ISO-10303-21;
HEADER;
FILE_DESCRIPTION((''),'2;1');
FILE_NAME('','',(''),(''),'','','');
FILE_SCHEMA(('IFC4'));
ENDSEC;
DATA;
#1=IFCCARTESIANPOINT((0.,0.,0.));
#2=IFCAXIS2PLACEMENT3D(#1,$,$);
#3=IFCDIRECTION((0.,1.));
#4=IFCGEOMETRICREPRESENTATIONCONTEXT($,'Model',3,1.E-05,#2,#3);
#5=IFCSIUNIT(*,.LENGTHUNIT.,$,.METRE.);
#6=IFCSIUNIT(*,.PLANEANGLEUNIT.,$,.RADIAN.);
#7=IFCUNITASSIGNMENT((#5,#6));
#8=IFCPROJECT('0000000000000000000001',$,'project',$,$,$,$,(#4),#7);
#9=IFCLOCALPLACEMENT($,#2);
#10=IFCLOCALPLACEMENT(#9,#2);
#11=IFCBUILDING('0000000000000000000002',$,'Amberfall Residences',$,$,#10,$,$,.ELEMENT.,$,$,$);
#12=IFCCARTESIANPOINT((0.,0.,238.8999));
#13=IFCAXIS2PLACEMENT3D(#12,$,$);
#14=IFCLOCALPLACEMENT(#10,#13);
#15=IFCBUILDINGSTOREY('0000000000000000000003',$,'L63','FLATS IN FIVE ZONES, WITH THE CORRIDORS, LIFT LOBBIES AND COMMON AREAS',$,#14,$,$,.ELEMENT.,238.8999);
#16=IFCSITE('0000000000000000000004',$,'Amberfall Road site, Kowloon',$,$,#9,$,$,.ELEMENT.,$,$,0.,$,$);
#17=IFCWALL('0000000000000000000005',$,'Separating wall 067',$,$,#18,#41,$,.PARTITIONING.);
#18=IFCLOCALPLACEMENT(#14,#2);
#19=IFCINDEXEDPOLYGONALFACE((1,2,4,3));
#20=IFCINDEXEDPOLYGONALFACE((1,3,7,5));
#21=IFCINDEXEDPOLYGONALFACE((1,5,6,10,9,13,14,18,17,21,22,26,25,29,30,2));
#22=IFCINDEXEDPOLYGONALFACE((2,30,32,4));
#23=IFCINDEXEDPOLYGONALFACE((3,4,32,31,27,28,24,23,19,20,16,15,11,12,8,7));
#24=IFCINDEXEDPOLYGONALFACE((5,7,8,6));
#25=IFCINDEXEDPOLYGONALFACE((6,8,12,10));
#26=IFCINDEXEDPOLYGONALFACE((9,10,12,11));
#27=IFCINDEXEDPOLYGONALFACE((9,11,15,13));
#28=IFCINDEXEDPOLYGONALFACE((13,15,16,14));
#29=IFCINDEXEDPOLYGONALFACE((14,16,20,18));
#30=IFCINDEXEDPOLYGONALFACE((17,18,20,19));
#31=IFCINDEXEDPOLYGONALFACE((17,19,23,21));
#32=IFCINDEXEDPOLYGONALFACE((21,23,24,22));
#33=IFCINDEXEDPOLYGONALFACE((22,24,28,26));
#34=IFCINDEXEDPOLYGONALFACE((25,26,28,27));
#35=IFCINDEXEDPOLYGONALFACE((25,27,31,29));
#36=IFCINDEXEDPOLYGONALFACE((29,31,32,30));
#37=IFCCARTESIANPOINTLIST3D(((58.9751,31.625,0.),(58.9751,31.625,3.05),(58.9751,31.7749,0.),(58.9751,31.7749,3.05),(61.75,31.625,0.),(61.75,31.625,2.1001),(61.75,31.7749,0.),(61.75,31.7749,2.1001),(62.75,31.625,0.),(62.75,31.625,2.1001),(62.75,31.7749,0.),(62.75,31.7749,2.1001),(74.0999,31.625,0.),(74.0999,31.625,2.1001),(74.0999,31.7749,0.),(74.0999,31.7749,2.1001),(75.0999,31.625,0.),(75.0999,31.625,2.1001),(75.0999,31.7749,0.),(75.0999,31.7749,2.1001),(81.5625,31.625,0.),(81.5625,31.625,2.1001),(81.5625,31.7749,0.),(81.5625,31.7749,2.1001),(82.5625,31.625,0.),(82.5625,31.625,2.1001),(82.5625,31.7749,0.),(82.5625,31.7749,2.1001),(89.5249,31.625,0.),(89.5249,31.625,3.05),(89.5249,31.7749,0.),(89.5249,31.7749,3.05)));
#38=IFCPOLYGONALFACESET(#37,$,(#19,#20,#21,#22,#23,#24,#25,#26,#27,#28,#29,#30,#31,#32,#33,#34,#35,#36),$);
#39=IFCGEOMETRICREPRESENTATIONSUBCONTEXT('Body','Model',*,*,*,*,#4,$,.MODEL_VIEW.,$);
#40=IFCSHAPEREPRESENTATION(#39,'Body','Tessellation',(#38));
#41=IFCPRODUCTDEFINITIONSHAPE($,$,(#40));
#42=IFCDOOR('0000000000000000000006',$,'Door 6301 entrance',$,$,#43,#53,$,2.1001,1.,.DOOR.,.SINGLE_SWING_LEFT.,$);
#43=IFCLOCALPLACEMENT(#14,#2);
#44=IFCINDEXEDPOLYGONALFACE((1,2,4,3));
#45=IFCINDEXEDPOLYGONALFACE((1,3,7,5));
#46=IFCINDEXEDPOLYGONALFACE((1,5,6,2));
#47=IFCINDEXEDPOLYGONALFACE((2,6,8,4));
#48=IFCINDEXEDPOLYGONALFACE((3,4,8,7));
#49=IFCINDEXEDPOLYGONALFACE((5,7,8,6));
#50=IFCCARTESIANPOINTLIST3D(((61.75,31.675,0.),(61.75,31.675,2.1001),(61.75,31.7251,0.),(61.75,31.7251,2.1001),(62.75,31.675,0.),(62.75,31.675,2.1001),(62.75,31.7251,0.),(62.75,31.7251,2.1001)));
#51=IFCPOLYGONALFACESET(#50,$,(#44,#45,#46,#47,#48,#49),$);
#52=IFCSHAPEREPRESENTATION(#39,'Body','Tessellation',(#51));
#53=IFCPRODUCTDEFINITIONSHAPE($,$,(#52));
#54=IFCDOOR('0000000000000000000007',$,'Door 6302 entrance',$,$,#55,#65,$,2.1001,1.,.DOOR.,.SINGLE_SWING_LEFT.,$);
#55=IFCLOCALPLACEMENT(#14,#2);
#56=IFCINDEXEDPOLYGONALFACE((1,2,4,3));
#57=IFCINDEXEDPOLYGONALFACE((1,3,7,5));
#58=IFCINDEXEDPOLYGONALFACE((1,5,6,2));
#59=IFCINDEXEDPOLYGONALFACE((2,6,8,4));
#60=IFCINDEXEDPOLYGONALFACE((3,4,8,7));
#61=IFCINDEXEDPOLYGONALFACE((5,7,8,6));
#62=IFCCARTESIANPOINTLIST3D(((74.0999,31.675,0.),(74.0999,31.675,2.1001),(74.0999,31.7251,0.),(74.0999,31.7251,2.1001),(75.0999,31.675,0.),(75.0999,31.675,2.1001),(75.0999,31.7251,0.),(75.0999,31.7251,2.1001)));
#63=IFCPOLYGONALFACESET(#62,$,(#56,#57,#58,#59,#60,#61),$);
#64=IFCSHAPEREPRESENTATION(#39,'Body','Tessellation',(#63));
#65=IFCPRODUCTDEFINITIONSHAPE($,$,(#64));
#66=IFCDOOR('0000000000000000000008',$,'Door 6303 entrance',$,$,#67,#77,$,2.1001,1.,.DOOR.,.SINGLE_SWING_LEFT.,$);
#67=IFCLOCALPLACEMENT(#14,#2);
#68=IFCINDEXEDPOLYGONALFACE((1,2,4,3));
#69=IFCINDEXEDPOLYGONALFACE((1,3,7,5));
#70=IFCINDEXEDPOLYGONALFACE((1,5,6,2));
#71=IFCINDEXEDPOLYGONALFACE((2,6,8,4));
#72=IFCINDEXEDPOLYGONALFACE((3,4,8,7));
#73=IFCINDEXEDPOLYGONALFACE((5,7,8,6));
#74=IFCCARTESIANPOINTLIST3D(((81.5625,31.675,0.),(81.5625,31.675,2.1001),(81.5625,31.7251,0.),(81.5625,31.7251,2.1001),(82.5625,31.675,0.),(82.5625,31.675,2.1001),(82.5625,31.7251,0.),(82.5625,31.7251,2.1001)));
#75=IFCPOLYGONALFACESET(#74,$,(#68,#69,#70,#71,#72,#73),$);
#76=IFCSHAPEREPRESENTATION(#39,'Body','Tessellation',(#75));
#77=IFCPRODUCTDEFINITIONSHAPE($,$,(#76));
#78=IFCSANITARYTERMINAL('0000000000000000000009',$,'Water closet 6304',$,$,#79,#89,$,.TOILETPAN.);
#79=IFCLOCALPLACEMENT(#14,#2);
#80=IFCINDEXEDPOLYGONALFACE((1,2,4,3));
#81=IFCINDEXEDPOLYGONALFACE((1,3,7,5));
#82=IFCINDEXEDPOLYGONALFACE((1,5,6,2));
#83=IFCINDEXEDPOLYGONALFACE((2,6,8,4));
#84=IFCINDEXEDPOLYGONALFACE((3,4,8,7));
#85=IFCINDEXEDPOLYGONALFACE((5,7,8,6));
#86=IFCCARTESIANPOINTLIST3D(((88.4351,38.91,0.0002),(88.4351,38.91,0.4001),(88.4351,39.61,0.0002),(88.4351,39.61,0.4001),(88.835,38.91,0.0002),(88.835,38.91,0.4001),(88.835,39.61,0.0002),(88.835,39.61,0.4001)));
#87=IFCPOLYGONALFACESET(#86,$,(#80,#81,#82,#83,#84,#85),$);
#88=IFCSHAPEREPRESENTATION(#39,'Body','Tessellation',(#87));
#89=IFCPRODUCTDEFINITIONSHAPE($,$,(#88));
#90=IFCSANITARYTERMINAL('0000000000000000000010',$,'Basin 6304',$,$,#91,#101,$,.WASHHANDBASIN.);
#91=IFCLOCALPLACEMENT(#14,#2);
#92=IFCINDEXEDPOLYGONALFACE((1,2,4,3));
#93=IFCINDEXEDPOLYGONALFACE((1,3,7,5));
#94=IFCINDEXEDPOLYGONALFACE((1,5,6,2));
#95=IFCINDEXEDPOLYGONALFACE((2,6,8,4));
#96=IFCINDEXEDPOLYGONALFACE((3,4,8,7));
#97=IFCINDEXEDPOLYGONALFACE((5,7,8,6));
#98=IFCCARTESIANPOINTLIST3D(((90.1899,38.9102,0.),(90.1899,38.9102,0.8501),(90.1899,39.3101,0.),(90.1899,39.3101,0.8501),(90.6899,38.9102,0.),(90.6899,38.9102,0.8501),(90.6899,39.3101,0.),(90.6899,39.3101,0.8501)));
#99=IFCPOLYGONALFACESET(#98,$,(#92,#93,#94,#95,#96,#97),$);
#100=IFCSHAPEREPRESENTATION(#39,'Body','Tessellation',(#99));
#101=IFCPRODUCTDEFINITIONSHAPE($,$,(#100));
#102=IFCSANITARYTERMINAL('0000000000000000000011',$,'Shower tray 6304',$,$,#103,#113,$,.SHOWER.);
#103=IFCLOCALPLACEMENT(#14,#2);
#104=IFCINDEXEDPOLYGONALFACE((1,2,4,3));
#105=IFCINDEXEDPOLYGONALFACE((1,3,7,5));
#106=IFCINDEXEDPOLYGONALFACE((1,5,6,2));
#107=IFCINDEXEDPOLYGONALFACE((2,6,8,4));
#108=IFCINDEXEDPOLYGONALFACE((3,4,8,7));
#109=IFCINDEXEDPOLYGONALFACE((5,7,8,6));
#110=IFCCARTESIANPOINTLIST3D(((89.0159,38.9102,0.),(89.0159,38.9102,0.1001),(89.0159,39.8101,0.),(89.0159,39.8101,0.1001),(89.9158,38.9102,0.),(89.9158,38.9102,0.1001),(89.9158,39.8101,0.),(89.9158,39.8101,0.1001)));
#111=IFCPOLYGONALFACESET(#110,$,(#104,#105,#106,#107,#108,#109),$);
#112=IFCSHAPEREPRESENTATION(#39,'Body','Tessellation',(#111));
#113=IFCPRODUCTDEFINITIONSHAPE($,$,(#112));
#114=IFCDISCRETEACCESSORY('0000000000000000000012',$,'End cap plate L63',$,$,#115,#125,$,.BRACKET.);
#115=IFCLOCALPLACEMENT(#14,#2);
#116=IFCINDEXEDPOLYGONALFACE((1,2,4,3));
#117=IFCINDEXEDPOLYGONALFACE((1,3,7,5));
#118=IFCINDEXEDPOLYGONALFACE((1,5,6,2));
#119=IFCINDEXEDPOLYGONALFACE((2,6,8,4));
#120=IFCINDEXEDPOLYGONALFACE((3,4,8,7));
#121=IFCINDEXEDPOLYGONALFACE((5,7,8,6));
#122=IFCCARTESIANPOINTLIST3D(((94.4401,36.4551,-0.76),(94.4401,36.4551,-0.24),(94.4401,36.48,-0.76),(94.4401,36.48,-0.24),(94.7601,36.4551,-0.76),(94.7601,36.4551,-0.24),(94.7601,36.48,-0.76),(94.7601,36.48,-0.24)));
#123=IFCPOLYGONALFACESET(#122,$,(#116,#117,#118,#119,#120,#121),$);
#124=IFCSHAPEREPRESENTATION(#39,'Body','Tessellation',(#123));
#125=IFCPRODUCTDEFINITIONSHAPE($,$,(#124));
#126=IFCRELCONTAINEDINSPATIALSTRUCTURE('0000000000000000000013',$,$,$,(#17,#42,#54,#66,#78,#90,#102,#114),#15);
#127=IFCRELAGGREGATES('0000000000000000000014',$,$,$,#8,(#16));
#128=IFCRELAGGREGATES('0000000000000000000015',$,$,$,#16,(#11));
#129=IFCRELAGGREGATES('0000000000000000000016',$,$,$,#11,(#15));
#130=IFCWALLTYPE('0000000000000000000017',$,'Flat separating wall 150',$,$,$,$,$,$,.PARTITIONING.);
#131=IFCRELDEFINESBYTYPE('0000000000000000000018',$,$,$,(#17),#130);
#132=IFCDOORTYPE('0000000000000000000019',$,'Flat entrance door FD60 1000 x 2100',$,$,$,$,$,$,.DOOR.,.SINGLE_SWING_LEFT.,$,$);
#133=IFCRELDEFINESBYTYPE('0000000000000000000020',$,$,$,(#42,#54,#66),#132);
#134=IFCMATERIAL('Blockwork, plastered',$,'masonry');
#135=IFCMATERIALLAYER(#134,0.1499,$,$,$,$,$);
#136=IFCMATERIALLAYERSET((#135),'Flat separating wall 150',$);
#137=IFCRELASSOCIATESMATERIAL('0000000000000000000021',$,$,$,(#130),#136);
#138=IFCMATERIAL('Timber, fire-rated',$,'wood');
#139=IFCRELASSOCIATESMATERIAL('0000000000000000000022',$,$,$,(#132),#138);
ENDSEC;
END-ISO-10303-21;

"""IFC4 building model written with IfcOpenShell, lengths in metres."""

from ifc_helpers import new_model, si_unit, direction, frame, frame_2d, origin, origin_2d, place, context, subcontext, project, spatial, rectangle, extrude, material, layer, layer_set, type_object, element, fill, save


model = new_model("IFC4")

# Units and contexts
model_context = context("Model", 3, precision=1e-05, world=origin(), true_north=direction((0.0, 1.0)))
body_context = subcontext(model_context, "Body", "Model", "MODEL_VIEW")
ifc_project = project(units=[si_unit("LENGTHUNIT", "METRE"), si_unit("PLANEANGLEUNIT", "RADIAN")], contexts=[model_context])

# Site, building, storey
site_placement = place(None, origin())
site = spatial("IfcSite", under=ifc_project, at=site_placement, Name="Amberfall Road site, Kowloon", CompositionType="ELEMENT", RefElevation=0.0)
building_placement = place(site_placement, origin())
building = spatial("IfcBuilding", under=site, at=building_placement, Name="Amberfall Residences", CompositionType="ELEMENT")
storey_placement = place(building_placement, frame((0.0, 0.0, 238.8999)))
storey = spatial("IfcBuildingStorey", under=building, at=storey_placement, Name="L63", Description="FLATS IN FIVE ZONES, WITH THE CORRIDORS, LIFT LOBBIES AND COMMON AREAS", CompositionType="ELEMENT", Elevation=238.8999)

# Shared definitions
ifc_material_1 = material(Name="Blockwork, plastered", Category="masonry")
ifc_layer_1 = layer(ifc_material_1, 0.1499)
ifc_layer_set_1 = layer_set([ifc_layer_1], Name="Flat separating wall 150")
wall_type_1 = type_object("IfcWallType", Name="Flat separating wall 150", PredefinedType="PARTITIONING", material=ifc_layer_set_1)

# Wall, openings, doors
wall_1_placement = place(storey_placement, frame((89.5249, 31.7, 0.0), z_axis=(0.0, 0.0, 1.0), x_axis=(-1.0, 0.0, 0.0)))
wall_1 = element("IfcWall", 1, at=wall_1_placement, inside=storey, type_object=wall_type_1, Name="Separating wall 067", PredefinedType="PARTITIONING", context=body_context, shape_type="SweptSolid", body=[
    extrude(rectangle(XDim=30.5498, YDim=0.1499, at=frame_2d((15.2749, 0.0))), origin(), (0.0, 0.0, 1.0), 3.05),
])
opening_1_placement = place(wall_1_placement, frame((26.7749, 0.0, 0.0)))
opening_1 = element("IfcOpeningElement", 2, at=opening_1_placement, cuts=wall_1, PredefinedType="OPENING", context=body_context, shape_type="SweptSolid", body=[
    extrude(rectangle(XDim=1.0, YDim=2.1001, at=frame_2d((0.5, 1.05))), frame((0.0, 0.085, 0.0), z_axis=(0.0, -1.0, 0.0), x_axis=(1.0, 0.0, 0.0)), (0.0, 0.0, 1.0), 0.1699),
])
opening_2_placement = place(wall_1_placement, frame((14.425, 0.0, 0.0)))
opening_2 = element("IfcOpeningElement", 3, at=opening_2_placement, cuts=wall_1, PredefinedType="OPENING", context=body_context, shape_type="SweptSolid", body=[
    extrude(rectangle(XDim=1.0, YDim=2.1001, at=frame_2d((0.5, 1.05))), frame((0.0, 0.085, 0.0), z_axis=(0.0, -1.0, 0.0), x_axis=(1.0, 0.0, 0.0)), (0.0, 0.0, 1.0), 0.1699),
])
opening_3_placement = place(wall_1_placement, frame((6.9624, 0.0, 0.0)))
opening_3 = element("IfcOpeningElement", 4, at=opening_3_placement, cuts=wall_1, PredefinedType="OPENING", context=body_context, shape_type="SweptSolid", body=[
    extrude(rectangle(XDim=1.0, YDim=2.1001, at=frame_2d((0.5, 1.05))), frame((0.0, 0.085, 0.0), z_axis=(0.0, -1.0, 0.0), x_axis=(1.0, 0.0, 0.0)), (0.0, 0.0, 1.0), 0.1699),
])
ifc_material_2 = material(Name="Timber, fire-rated", Category="wood")
door_type_1 = type_object("IfcDoorType", Name="Flat entrance door FD60 1000 x 2100", OperationType="SINGLE_SWING_LEFT", PredefinedType="DOOR", material=ifc_material_2)
door_1_placement = place(opening_1_placement, origin())
door_1 = element("IfcDoor", 5, at=door_1_placement, inside=storey, type_object=door_type_1, Name="Door 6301 entrance", OperationType="SINGLE_SWING_LEFT", OverallHeight=2.1001, OverallWidth=1.0, PredefinedType="DOOR", context=body_context, shape_type="SweptSolid", body=[
    extrude(rectangle(XDim=1.0, YDim=2.1001, at=frame_2d((0.5, 1.05))), frame((0.0, 0.0249, 0.0), z_axis=(0.0, -1.0, 0.0), x_axis=(1.0, 0.0, 0.0)), (0.0, 0.0, 1.0), 0.05),
])
fill(opening_1, door_1)
door_2_placement = place(opening_2_placement, origin())
door_2 = element("IfcDoor", 6, at=door_2_placement, inside=storey, type_object=door_type_1, Name="Door 6302 entrance", OperationType="SINGLE_SWING_LEFT", OverallHeight=2.1001, OverallWidth=1.0, PredefinedType="DOOR", context=body_context, shape_type="SweptSolid", body=[
    extrude(rectangle(XDim=1.0, YDim=2.1001, at=frame_2d((0.5, 1.05))), frame((0.0, 0.0249, 0.0), z_axis=(0.0, -1.0, 0.0), x_axis=(1.0, 0.0, 0.0)), (0.0, 0.0, 1.0), 0.05),
])
fill(opening_2, door_2)
door_3_placement = place(opening_3_placement, origin())
door_3 = element("IfcDoor", 7, at=door_3_placement, inside=storey, type_object=door_type_1, Name="Door 6303 entrance", OperationType="SINGLE_SWING_LEFT", OverallHeight=2.1001, OverallWidth=1.0, PredefinedType="DOOR", context=body_context, shape_type="SweptSolid", body=[
    extrude(rectangle(XDim=1.0, YDim=2.1001, at=frame_2d((0.5, 1.05))), frame((0.0, 0.0249, 0.0), z_axis=(0.0, -1.0, 0.0), x_axis=(1.0, 0.0, 0.0)), (0.0, 0.0, 1.0), 0.05),
])
fill(opening_3, door_3)

# Sanitary terminals
sanitary_terminal_1_placement = place(storey_placement, frame((88.635, 39.26, 0.0002), z_axis=(0.0, 0.0, 1.0), x_axis=(1.0, 0.0, 0.0)))
element("IfcSanitaryTerminal", 8, at=sanitary_terminal_1_placement, inside=storey, Name="Water closet 6304", PredefinedType="TOILETPAN", context=body_context, shape_type="SweptSolid", body=[
    extrude(rectangle(XDim=0.3999, YDim=0.7, at=origin_2d()), origin(), (0.0, 0.0, 1.0), 0.3999),
])
sanitary_terminal_2_placement = place(storey_placement, frame((90.4399, 39.1101, 0.0), z_axis=(0.0, 0.0, 1.0), x_axis=(1.0, 0.0, 0.0)))
element("IfcSanitaryTerminal", 9, at=sanitary_terminal_2_placement, inside=storey, Name="Basin 6304", PredefinedType="WASHHANDBASIN", context=body_context, shape_type="SweptSolid", body=[
    extrude(rectangle(XDim=0.5, YDim=0.3999, at=origin_2d()), origin(), (0.0, 0.0, 1.0), 0.8501),
])
sanitary_terminal_3_placement = place(storey_placement, frame((89.4658, 39.3601, 0.0), z_axis=(0.0, 0.0, 1.0), x_axis=(1.0, 0.0, 0.0)))
element("IfcSanitaryTerminal", 10, at=sanitary_terminal_3_placement, inside=storey, Name="Shower tray 6304", PredefinedType="SHOWER", context=body_context, shape_type="SweptSolid", body=[
    extrude(rectangle(XDim=0.8999, YDim=0.8999, at=origin_2d()), origin(), (0.0, 0.0, 1.0), 0.1001),
])

# Discrete accessory
discrete_accessory_placement = place(storey_placement, frame((94.6001, 36.4675, -0.76), z_axis=(0.0, 0.0, 1.0), x_axis=(0.0, -1.0, 0.0)))
element("IfcDiscreteAccessory", 11, at=discrete_accessory_placement, inside=storey, Name="End cap plate L63", PredefinedType="BRACKET", context=body_context, shape_type="SweptSolid", body=[
    extrude(rectangle(XDim=0.0249, YDim=0.3201, at=origin_2d()), origin(), (0.0, 0.0, 1.0), 0.52),
])

save(model, "model.ifc")
